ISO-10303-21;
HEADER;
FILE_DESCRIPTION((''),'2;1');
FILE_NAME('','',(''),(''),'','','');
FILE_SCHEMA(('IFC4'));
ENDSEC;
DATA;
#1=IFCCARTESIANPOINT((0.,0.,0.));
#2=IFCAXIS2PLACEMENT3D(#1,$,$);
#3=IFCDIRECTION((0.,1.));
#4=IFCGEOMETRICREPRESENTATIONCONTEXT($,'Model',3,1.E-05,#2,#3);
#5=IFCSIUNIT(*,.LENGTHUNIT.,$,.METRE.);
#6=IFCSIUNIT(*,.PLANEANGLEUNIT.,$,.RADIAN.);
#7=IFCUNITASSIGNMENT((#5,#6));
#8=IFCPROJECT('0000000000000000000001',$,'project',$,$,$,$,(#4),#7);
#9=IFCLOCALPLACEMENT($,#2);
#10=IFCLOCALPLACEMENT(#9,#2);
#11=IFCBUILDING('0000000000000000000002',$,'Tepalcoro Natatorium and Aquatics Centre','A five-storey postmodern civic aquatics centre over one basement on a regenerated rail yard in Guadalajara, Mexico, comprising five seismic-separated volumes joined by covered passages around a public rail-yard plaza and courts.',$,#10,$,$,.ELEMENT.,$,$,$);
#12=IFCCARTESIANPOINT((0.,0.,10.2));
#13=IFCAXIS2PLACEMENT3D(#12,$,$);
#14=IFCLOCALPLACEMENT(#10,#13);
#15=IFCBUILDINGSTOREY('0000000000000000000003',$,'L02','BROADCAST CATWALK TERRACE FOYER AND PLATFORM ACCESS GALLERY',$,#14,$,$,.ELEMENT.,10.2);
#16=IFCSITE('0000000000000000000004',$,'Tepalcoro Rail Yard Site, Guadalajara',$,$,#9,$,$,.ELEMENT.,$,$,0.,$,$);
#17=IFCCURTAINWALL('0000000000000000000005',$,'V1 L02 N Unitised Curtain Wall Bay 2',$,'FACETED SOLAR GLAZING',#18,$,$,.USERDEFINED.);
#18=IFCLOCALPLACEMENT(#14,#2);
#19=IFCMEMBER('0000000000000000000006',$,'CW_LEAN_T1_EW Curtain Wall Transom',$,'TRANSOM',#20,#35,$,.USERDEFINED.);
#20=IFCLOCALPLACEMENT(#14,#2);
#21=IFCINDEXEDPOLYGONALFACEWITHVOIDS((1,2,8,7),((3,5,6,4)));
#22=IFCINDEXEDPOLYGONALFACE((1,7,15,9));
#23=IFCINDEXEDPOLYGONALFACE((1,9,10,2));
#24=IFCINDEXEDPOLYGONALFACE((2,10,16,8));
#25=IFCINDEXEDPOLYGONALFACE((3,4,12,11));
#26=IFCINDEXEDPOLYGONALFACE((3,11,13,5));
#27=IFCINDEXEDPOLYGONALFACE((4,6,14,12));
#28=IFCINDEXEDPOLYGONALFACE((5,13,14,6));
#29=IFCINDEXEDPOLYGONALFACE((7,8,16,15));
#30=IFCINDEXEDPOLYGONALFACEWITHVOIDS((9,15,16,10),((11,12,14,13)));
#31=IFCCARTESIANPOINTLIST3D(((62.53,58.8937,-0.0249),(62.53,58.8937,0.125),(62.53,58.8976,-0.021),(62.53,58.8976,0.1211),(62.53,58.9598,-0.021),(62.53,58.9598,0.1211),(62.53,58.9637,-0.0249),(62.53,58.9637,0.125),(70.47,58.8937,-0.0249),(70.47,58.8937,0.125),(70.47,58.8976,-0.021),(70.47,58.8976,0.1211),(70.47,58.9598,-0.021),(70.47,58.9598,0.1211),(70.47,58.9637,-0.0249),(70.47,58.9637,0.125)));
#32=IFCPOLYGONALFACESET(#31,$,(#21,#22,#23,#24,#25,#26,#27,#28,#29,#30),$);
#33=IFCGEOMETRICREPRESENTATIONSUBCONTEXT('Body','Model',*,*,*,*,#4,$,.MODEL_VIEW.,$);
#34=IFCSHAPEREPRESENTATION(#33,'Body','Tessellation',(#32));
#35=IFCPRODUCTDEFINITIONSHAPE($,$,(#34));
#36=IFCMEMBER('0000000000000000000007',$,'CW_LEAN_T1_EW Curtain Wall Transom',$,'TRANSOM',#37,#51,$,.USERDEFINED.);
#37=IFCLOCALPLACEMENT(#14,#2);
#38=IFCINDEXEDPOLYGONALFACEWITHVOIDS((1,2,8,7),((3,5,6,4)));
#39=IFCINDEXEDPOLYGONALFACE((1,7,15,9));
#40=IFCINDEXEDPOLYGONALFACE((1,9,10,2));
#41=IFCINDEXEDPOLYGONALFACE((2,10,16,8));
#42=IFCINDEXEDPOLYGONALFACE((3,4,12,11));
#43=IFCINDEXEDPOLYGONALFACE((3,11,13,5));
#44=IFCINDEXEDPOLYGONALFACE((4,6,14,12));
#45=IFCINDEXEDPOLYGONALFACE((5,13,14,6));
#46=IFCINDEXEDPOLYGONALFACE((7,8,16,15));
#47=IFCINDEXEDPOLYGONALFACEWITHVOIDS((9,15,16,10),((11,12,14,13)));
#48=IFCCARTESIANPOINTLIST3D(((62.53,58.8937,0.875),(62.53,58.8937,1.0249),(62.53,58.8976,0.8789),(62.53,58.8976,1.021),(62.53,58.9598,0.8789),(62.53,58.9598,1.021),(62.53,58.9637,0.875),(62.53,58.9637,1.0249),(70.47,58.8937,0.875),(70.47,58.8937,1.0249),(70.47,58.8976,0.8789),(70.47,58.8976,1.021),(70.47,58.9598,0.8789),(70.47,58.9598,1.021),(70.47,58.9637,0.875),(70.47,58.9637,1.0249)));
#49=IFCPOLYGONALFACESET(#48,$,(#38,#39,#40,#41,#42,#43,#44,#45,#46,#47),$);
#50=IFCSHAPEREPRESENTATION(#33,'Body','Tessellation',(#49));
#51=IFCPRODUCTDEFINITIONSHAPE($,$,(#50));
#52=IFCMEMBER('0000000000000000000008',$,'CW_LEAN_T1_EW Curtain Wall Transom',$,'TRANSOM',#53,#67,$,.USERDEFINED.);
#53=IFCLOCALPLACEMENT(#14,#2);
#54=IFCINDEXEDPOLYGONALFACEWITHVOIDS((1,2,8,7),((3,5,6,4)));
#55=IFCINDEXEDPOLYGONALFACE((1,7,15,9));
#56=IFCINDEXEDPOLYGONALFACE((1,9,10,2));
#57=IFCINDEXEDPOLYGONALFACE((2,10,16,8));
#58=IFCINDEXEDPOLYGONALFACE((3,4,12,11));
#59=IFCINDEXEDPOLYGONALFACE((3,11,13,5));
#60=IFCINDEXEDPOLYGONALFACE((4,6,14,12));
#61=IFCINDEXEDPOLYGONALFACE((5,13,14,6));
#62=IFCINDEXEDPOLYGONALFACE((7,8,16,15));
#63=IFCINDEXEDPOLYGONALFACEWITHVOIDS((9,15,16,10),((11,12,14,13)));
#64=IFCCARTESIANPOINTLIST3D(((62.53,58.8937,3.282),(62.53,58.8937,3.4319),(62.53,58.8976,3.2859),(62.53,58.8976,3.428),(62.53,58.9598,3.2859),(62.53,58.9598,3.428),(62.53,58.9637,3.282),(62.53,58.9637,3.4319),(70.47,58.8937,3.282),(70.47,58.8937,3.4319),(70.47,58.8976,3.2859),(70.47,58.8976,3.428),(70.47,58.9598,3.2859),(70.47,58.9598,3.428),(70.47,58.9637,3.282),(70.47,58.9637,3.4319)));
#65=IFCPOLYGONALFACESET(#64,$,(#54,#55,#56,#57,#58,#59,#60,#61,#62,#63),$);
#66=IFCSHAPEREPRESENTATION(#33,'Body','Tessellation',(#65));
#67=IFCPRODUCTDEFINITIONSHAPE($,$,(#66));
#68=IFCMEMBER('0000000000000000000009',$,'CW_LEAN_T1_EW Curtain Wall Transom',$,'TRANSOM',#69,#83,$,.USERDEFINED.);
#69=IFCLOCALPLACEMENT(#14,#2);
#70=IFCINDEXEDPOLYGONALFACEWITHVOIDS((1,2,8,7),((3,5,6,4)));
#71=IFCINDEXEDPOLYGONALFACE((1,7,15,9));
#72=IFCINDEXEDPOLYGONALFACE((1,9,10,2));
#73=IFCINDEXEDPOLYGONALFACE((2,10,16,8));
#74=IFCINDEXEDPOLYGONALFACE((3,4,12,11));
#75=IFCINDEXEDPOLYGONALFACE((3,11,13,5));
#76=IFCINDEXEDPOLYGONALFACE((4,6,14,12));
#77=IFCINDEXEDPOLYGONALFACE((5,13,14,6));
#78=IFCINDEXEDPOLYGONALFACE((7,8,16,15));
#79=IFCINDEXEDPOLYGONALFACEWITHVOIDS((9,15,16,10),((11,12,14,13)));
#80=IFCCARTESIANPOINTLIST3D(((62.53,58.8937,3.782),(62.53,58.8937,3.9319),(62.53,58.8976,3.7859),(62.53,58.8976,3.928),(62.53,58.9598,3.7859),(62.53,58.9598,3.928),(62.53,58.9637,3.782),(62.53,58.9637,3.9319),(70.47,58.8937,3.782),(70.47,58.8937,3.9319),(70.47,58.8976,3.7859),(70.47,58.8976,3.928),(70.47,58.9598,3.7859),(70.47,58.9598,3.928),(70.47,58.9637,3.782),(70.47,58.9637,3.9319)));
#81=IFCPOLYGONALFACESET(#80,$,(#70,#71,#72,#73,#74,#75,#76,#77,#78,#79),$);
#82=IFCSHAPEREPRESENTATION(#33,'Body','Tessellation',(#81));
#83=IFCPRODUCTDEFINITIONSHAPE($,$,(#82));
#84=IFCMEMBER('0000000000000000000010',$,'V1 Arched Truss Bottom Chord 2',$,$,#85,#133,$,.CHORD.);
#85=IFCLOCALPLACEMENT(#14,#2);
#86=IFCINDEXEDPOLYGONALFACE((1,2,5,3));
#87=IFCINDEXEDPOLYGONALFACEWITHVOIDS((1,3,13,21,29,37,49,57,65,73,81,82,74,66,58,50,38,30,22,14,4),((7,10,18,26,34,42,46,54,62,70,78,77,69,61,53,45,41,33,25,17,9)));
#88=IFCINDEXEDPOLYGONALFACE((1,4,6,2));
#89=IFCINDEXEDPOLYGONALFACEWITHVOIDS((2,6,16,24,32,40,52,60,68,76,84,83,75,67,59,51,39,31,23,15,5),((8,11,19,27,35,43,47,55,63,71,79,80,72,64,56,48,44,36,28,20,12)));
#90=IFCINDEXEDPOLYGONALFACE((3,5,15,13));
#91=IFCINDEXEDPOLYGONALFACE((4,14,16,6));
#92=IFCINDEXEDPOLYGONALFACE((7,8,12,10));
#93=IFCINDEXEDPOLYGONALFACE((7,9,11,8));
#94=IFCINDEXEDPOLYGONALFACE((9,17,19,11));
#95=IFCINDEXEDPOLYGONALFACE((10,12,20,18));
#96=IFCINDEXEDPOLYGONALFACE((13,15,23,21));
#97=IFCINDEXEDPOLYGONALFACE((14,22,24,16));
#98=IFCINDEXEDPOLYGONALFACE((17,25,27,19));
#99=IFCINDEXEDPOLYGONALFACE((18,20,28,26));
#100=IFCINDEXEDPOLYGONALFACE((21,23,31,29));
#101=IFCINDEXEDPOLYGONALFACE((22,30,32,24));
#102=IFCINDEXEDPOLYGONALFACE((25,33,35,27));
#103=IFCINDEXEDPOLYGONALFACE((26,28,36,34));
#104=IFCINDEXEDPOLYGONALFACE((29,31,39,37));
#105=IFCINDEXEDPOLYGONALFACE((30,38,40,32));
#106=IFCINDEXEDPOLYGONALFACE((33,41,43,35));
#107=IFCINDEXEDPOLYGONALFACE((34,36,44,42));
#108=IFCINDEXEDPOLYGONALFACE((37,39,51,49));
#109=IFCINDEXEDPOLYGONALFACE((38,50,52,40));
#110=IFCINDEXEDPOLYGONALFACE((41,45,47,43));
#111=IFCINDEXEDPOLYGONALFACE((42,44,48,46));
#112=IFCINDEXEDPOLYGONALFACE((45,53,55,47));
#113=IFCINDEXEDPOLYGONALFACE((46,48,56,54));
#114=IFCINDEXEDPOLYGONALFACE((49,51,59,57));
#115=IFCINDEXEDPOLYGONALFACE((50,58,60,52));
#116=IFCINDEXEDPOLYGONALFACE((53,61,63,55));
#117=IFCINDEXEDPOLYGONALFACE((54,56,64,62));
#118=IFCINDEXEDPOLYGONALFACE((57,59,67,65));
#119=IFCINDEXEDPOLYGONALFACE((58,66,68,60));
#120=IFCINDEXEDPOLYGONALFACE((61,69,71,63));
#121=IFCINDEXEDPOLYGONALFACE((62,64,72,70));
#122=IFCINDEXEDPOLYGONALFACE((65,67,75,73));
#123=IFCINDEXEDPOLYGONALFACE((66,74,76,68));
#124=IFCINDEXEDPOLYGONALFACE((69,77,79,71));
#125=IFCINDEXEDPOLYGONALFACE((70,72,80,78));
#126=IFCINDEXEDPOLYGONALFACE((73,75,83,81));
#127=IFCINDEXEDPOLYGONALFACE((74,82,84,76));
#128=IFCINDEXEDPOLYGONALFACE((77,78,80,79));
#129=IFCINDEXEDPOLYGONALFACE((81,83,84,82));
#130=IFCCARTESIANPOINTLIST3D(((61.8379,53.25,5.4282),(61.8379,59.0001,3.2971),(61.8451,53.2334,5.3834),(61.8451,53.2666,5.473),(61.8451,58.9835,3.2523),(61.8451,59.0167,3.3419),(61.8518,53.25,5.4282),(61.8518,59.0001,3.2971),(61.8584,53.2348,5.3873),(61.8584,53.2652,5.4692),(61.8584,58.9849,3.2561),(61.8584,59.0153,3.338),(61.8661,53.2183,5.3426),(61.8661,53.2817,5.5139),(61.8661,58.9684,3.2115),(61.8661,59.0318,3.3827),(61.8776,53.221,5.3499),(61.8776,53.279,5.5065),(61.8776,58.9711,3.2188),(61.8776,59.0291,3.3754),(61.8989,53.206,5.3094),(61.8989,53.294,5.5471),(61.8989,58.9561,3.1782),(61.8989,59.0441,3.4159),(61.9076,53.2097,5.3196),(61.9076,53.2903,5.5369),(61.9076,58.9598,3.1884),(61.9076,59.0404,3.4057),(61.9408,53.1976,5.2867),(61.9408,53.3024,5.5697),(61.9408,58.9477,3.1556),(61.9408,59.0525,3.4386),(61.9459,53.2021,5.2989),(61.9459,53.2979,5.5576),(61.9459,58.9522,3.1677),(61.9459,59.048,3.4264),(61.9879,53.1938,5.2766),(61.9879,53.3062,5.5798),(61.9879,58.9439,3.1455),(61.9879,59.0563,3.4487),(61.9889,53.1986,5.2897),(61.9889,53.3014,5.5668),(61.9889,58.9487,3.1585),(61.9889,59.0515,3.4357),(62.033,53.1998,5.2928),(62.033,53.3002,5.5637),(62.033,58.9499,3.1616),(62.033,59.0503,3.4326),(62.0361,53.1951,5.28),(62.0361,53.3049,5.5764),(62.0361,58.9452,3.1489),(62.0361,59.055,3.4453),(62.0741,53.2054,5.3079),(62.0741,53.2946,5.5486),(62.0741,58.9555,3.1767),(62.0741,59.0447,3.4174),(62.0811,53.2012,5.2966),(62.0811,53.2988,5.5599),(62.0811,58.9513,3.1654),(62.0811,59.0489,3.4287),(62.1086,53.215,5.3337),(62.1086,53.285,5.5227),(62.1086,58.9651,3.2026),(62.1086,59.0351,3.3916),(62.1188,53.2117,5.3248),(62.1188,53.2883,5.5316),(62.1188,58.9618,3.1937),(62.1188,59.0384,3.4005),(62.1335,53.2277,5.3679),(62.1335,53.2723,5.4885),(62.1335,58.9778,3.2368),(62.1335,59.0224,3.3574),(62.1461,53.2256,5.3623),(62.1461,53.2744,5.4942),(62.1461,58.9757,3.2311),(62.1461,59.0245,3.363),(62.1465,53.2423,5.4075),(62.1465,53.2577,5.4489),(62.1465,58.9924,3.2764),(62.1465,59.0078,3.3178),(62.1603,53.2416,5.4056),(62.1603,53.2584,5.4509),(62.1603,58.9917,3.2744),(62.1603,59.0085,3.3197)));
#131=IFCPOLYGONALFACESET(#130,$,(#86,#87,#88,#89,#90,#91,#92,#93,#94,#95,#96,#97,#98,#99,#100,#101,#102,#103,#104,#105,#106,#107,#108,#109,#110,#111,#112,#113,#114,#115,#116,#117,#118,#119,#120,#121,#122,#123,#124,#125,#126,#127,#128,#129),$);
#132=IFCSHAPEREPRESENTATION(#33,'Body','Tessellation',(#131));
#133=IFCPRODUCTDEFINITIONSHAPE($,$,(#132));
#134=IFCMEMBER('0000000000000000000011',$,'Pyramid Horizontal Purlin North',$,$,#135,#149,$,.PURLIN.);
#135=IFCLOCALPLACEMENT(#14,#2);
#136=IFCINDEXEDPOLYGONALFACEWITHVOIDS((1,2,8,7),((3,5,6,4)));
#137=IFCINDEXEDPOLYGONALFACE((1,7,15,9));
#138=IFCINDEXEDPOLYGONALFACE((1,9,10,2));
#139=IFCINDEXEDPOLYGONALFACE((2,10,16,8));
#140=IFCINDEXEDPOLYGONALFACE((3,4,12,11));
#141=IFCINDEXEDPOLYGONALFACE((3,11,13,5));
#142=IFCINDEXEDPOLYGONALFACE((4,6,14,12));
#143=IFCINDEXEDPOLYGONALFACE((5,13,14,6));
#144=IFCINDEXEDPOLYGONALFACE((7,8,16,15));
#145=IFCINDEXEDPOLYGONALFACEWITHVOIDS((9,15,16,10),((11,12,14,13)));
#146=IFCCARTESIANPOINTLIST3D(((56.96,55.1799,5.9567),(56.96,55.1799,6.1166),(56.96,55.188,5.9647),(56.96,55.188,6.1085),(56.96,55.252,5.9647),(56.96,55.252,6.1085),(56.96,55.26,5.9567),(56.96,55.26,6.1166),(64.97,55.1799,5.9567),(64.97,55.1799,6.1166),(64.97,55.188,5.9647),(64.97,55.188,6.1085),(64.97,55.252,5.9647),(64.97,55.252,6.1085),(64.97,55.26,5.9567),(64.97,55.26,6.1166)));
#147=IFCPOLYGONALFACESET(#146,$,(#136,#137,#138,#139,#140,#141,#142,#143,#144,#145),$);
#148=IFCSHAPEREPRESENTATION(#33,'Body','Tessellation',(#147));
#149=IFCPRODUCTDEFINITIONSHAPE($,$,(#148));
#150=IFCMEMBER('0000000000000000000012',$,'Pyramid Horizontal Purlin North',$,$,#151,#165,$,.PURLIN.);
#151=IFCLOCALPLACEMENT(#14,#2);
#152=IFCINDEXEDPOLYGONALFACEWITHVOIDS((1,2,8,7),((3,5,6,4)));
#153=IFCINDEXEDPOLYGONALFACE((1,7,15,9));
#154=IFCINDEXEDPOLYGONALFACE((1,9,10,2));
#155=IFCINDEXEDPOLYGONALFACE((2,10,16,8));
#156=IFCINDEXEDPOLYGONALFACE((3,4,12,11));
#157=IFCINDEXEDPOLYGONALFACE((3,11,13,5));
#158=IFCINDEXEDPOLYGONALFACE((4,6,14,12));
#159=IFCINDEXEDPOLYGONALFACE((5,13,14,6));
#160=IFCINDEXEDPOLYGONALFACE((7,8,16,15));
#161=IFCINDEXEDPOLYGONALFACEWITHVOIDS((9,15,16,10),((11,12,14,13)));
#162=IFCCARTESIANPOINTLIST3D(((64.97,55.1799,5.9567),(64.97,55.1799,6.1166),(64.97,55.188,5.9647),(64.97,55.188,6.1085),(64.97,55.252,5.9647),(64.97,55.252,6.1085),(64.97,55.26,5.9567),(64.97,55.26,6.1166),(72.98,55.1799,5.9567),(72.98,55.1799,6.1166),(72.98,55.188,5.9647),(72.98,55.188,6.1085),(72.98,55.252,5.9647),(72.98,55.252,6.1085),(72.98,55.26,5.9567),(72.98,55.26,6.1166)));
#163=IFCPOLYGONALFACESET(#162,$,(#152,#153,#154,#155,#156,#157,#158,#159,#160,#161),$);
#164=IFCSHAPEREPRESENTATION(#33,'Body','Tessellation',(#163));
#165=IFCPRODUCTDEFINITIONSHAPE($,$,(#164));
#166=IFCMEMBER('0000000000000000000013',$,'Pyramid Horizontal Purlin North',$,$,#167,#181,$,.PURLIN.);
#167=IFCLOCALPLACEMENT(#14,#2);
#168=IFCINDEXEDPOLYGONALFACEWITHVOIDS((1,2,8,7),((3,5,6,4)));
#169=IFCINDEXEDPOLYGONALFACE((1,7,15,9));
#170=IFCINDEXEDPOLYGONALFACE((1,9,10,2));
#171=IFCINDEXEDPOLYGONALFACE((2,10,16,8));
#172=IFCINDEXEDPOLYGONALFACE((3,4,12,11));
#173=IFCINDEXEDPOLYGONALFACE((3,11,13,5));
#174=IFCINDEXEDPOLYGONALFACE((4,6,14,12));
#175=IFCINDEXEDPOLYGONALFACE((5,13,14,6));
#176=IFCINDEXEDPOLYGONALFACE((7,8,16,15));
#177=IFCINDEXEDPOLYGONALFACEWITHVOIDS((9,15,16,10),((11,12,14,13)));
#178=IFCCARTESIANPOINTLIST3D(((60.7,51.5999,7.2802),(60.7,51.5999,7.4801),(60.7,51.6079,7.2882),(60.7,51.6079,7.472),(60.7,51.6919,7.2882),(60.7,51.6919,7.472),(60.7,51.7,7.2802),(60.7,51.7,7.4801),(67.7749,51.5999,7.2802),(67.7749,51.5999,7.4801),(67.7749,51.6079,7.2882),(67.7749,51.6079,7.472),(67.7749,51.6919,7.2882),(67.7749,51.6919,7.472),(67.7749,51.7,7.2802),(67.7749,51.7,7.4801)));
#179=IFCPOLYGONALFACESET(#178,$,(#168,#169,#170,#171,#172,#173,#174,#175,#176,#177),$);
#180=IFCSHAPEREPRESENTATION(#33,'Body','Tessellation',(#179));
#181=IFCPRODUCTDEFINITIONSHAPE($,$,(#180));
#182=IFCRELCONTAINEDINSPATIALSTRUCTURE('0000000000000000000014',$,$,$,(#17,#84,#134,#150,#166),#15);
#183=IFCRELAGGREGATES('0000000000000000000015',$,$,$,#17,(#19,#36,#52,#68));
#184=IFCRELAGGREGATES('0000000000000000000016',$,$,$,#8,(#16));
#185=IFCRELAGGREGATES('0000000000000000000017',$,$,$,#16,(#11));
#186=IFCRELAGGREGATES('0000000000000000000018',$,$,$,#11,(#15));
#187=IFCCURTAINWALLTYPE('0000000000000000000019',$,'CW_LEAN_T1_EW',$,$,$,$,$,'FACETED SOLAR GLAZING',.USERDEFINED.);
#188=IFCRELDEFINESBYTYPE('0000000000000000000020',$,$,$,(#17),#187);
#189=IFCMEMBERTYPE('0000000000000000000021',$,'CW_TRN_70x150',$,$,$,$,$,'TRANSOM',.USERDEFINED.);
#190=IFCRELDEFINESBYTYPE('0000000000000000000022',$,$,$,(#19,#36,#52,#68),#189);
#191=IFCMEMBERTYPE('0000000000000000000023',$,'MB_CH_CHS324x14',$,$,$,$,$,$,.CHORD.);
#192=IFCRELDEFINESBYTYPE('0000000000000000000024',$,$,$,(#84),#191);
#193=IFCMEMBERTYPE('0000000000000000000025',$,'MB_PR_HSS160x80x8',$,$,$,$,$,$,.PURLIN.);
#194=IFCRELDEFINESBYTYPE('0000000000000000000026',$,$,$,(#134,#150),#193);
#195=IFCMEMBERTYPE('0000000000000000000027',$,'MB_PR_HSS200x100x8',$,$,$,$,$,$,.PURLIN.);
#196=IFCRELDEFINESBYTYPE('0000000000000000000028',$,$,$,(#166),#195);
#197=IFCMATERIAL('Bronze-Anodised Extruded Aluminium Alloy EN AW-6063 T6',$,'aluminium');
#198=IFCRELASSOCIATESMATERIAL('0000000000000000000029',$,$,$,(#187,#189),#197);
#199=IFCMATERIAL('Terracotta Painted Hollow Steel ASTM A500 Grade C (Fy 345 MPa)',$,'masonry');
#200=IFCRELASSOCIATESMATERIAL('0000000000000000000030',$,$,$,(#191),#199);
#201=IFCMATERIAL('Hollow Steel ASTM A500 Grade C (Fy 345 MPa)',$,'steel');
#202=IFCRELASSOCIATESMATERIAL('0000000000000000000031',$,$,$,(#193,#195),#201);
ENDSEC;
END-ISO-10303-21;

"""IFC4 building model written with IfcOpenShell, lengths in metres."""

from ifc_helpers import new_model, si_unit, direction, frame, origin, origin_2d, place, context, subcontext, project, spatial, hollow_rectangle, hollow_circle, extrude, material, material_profile, profile_set, type_object, element, aggregate, save


model = new_model("IFC4")

# Units and contexts
model_context = context("Model", 3, precision=1e-05, world=origin(), true_north=direction((0.0, 1.0)))
body_context = subcontext(model_context, "Body", "Model", "MODEL_VIEW")
ifc_project = project(units=[si_unit("LENGTHUNIT", "METRE"), si_unit("PLANEANGLEUNIT", "RADIAN")], contexts=[model_context])

# Site, building, storey
site_placement = place(None, origin())
site = spatial("IfcSite", under=ifc_project, at=site_placement, Name="Tepalcoro Rail Yard Site, Guadalajara", CompositionType="ELEMENT", RefElevation=0.0)
building_placement = place(site_placement, origin())
building = spatial("IfcBuilding", under=site, at=building_placement, Name="Tepalcoro Natatorium and Aquatics Centre", Description="A five-storey postmodern civic aquatics centre over one basement on a regenerated rail yard in Guadalajara, Mexico, comprising five seismic-separated volumes joined by covered passages around a public rail-yard plaza and courts.", CompositionType="ELEMENT")
storey_placement = place(building_placement, frame((0.0, 0.0, 10.2)))
storey = spatial("IfcBuildingStorey", under=building, at=storey_placement, Name="L02", Description="BROADCAST CATWALK TERRACE FOYER AND PLATFORM ACCESS GALLERY", CompositionType="ELEMENT", Elevation=10.2)

# Shared definitions
ifc_material_1 = material(Name="Terracotta Painted Hollow Steel ASTM A500 Grade C (Fy 345 MPa)", Category="masonry")

# Curtain wall, members
ifc_material_2 = material(Name="Bronze-Anodised Extruded Aluminium Alloy EN AW-6063 T6", Category="aluminium")
curtain_wall_type = type_object("IfcCurtainWallType", Name="CW_LEAN_T1_EW", ElementType="FACETED SOLAR GLAZING", PredefinedType="USERDEFINED", material=ifc_material_2)
curtain_wall_placement = place(storey_placement, origin())
curtain_wall = element("IfcCurtainWall", 1, at=curtain_wall_placement, inside=storey, type_object=curtain_wall_type, Name="V1 L02 N Unitised Curtain Wall Bay 2", ObjectType="FACETED SOLAR GLAZING", PredefinedType="USERDEFINED")
ifc_material_profile_1 = material_profile(ifc_material_2, hollow_rectangle(XDim=0.0701, YDim=0.1499, WallThickness=0.0039, at=origin_2d()), Name="AL70X150X4")
ifc_profile_set_1 = profile_set([ifc_material_profile_1], Name="Bronze-Anodised Extruded Aluminium Alloy EN AW-6063 T6")
member_type_1 = type_object("IfcMemberType", Name="CW_TRN_70x150", ElementType="TRANSOM", PredefinedType="USERDEFINED", material=ifc_profile_set_1)
member_1_placement = place(storey_placement, frame((62.53, 58.9287, 0.05), z_axis=(1.0, 0.0, 0.0), x_axis=(0.0, 1.0, 0.0)))
member_1 = element("IfcMember", 2, at=member_1_placement, type_object=member_type_1, Name="CW_LEAN_T1_EW Curtain Wall Transom", ObjectType="TRANSOM", PredefinedType="USERDEFINED", context=body_context, shape_type="SweptSolid", body=[
    extrude(hollow_rectangle(XDim=0.0701, YDim=0.1499, WallThickness=0.0039, at=origin_2d()), origin(), (0.0, 0.0, 1.0), 7.9399),
])
member_2_placement = place(storey_placement, frame((62.53, 58.9287, 0.95), z_axis=(1.0, 0.0, 0.0), x_axis=(0.0, 1.0, 0.0)))
member_2 = element("IfcMember", 3, at=member_2_placement, type_object=member_type_1, Name="CW_LEAN_T1_EW Curtain Wall Transom", ObjectType="TRANSOM", PredefinedType="USERDEFINED", context=body_context, shape_type="SweptSolid", body=[
    extrude(hollow_rectangle(XDim=0.0701, YDim=0.1499, WallThickness=0.0039, at=origin_2d()), origin(), (0.0, 0.0, 1.0), 7.9399),
])
member_3_placement = place(storey_placement, frame((62.53, 58.9287, 3.3569), z_axis=(1.0, 0.0, 0.0), x_axis=(0.0, 1.0, 0.0)))
member_3 = element("IfcMember", 4, at=member_3_placement, type_object=member_type_1, Name="CW_LEAN_T1_EW Curtain Wall Transom", ObjectType="TRANSOM", PredefinedType="USERDEFINED", context=body_context, shape_type="SweptSolid", body=[
    extrude(hollow_rectangle(XDim=0.0701, YDim=0.1499, WallThickness=0.0039, at=origin_2d()), origin(), (0.0, 0.0, 1.0), 7.9399),
])
member_4_placement = place(storey_placement, frame((62.53, 58.9287, 3.8569), z_axis=(1.0, 0.0, 0.0), x_axis=(0.0, 1.0, 0.0)))
member_4 = element("IfcMember", 5, at=member_4_placement, type_object=member_type_1, Name="CW_LEAN_T1_EW Curtain Wall Transom", ObjectType="TRANSOM", PredefinedType="USERDEFINED", context=body_context, shape_type="SweptSolid", body=[
    extrude(hollow_rectangle(XDim=0.0701, YDim=0.1499, WallThickness=0.0039, at=origin_2d()), origin(), (0.0, 0.0, 1.0), 7.9399),
])

# Members
ifc_material_profile_2 = material_profile(ifc_material_1, hollow_circle(Radius=0.1621, WallThickness=0.0139, at=origin_2d()), Name="CHS324X14")
ifc_profile_set_2 = profile_set([ifc_material_profile_2], Name="Terracotta Painted Hollow Steel ASTM A500 Grade C (Fy 345 MPa)")
member_type_2 = type_object("IfcMemberType", Name="MB_CH_CHS324x14", PredefinedType="CHORD", material=ifc_profile_set_2)
member_5_placement = place(storey_placement, frame((62.0, 53.25, 5.4282), z_axis=(0.0, 0.93767, -0.347526), x_axis=(-1.0, 0.0, 0.0)))
element("IfcMember", 6, at=member_5_placement, inside=storey, type_object=member_type_2, Name="V1 Arched Truss Bottom Chord 2", PredefinedType="CHORD", context=body_context, shape_type="SweptSolid", body=[
    extrude(hollow_circle(Radius=0.1621, WallThickness=0.0139, at=origin_2d()), origin(), (0.0, 0.0, 1.0), 6.1323),
])
ifc_material_3 = material(Name="Hollow Steel ASTM A500 Grade C (Fy 345 MPa)", Category="steel")
ifc_material_profile_3 = material_profile(ifc_material_3, hollow_rectangle(XDim=0.0801, YDim=0.1599, WallThickness=0.0081, at=origin_2d()), Name="HSS160X80X8")
ifc_profile_set_3 = profile_set([ifc_material_profile_3], Name="Hollow Steel ASTM A500 Grade C (Fy 345 MPa)")
member_type_3 = type_object("IfcMemberType", Name="MB_PR_HSS160x80x8", PredefinedType="PURLIN", material=ifc_profile_set_3)
for number, where, z_axis, x_axis, name in (
    (7, (56.96, 55.22, 6.0366), (1.0, 0.0, 0.0), (0.0, 1.0, 0.0), "Pyramid Horizontal Purlin North"),
    (8, (64.97, 55.22, 6.0366), (1.0, 0.0, 0.0), (0.0, 1.0, 0.0), "Pyramid Horizontal Purlin North"),
):
    element("IfcMember", number, at=place(storey_placement, frame(where, z_axis=z_axis, x_axis=x_axis)), inside=storey, type_object=member_type_3, Name=name, PredefinedType="PURLIN", context=body_context, shape_type="SweptSolid", body=[
        extrude(hollow_rectangle(XDim=0.0801, YDim=0.1599, WallThickness=0.0081, at=origin_2d()), origin(), (0.0, 0.0, 1.0), 8.01),
    ])
ifc_material_profile_4 = material_profile(ifc_material_3, hollow_rectangle(XDim=0.1001, YDim=0.2, WallThickness=0.0081, at=origin_2d()), Name="HSS200X100X8")
ifc_profile_set_4 = profile_set([ifc_material_profile_4], Name="Hollow Steel ASTM A500 Grade C (Fy 345 MPa)")
member_type_4 = type_object("IfcMemberType", Name="MB_PR_HSS200x100x8", PredefinedType="PURLIN", material=ifc_profile_set_4)
member_6_placement = place(storey_placement, frame((60.7, 51.6499, 7.3801), z_axis=(1.0, 0.0, 0.0), x_axis=(0.0, 1.0, 0.0)))
element("IfcMember", 9, at=member_6_placement, inside=storey, type_object=member_type_4, Name="Pyramid Horizontal Purlin North", PredefinedType="PURLIN", context=body_context, shape_type="SweptSolid", body=[
    extrude(hollow_rectangle(XDim=0.1001, YDim=0.2, WallThickness=0.0081, at=origin_2d()), origin(), (0.0, 0.0, 1.0), 7.075),
])

aggregate(curtain_wall, [member_1, member_2, member_3, member_4])

save(model, "model.ifc")
